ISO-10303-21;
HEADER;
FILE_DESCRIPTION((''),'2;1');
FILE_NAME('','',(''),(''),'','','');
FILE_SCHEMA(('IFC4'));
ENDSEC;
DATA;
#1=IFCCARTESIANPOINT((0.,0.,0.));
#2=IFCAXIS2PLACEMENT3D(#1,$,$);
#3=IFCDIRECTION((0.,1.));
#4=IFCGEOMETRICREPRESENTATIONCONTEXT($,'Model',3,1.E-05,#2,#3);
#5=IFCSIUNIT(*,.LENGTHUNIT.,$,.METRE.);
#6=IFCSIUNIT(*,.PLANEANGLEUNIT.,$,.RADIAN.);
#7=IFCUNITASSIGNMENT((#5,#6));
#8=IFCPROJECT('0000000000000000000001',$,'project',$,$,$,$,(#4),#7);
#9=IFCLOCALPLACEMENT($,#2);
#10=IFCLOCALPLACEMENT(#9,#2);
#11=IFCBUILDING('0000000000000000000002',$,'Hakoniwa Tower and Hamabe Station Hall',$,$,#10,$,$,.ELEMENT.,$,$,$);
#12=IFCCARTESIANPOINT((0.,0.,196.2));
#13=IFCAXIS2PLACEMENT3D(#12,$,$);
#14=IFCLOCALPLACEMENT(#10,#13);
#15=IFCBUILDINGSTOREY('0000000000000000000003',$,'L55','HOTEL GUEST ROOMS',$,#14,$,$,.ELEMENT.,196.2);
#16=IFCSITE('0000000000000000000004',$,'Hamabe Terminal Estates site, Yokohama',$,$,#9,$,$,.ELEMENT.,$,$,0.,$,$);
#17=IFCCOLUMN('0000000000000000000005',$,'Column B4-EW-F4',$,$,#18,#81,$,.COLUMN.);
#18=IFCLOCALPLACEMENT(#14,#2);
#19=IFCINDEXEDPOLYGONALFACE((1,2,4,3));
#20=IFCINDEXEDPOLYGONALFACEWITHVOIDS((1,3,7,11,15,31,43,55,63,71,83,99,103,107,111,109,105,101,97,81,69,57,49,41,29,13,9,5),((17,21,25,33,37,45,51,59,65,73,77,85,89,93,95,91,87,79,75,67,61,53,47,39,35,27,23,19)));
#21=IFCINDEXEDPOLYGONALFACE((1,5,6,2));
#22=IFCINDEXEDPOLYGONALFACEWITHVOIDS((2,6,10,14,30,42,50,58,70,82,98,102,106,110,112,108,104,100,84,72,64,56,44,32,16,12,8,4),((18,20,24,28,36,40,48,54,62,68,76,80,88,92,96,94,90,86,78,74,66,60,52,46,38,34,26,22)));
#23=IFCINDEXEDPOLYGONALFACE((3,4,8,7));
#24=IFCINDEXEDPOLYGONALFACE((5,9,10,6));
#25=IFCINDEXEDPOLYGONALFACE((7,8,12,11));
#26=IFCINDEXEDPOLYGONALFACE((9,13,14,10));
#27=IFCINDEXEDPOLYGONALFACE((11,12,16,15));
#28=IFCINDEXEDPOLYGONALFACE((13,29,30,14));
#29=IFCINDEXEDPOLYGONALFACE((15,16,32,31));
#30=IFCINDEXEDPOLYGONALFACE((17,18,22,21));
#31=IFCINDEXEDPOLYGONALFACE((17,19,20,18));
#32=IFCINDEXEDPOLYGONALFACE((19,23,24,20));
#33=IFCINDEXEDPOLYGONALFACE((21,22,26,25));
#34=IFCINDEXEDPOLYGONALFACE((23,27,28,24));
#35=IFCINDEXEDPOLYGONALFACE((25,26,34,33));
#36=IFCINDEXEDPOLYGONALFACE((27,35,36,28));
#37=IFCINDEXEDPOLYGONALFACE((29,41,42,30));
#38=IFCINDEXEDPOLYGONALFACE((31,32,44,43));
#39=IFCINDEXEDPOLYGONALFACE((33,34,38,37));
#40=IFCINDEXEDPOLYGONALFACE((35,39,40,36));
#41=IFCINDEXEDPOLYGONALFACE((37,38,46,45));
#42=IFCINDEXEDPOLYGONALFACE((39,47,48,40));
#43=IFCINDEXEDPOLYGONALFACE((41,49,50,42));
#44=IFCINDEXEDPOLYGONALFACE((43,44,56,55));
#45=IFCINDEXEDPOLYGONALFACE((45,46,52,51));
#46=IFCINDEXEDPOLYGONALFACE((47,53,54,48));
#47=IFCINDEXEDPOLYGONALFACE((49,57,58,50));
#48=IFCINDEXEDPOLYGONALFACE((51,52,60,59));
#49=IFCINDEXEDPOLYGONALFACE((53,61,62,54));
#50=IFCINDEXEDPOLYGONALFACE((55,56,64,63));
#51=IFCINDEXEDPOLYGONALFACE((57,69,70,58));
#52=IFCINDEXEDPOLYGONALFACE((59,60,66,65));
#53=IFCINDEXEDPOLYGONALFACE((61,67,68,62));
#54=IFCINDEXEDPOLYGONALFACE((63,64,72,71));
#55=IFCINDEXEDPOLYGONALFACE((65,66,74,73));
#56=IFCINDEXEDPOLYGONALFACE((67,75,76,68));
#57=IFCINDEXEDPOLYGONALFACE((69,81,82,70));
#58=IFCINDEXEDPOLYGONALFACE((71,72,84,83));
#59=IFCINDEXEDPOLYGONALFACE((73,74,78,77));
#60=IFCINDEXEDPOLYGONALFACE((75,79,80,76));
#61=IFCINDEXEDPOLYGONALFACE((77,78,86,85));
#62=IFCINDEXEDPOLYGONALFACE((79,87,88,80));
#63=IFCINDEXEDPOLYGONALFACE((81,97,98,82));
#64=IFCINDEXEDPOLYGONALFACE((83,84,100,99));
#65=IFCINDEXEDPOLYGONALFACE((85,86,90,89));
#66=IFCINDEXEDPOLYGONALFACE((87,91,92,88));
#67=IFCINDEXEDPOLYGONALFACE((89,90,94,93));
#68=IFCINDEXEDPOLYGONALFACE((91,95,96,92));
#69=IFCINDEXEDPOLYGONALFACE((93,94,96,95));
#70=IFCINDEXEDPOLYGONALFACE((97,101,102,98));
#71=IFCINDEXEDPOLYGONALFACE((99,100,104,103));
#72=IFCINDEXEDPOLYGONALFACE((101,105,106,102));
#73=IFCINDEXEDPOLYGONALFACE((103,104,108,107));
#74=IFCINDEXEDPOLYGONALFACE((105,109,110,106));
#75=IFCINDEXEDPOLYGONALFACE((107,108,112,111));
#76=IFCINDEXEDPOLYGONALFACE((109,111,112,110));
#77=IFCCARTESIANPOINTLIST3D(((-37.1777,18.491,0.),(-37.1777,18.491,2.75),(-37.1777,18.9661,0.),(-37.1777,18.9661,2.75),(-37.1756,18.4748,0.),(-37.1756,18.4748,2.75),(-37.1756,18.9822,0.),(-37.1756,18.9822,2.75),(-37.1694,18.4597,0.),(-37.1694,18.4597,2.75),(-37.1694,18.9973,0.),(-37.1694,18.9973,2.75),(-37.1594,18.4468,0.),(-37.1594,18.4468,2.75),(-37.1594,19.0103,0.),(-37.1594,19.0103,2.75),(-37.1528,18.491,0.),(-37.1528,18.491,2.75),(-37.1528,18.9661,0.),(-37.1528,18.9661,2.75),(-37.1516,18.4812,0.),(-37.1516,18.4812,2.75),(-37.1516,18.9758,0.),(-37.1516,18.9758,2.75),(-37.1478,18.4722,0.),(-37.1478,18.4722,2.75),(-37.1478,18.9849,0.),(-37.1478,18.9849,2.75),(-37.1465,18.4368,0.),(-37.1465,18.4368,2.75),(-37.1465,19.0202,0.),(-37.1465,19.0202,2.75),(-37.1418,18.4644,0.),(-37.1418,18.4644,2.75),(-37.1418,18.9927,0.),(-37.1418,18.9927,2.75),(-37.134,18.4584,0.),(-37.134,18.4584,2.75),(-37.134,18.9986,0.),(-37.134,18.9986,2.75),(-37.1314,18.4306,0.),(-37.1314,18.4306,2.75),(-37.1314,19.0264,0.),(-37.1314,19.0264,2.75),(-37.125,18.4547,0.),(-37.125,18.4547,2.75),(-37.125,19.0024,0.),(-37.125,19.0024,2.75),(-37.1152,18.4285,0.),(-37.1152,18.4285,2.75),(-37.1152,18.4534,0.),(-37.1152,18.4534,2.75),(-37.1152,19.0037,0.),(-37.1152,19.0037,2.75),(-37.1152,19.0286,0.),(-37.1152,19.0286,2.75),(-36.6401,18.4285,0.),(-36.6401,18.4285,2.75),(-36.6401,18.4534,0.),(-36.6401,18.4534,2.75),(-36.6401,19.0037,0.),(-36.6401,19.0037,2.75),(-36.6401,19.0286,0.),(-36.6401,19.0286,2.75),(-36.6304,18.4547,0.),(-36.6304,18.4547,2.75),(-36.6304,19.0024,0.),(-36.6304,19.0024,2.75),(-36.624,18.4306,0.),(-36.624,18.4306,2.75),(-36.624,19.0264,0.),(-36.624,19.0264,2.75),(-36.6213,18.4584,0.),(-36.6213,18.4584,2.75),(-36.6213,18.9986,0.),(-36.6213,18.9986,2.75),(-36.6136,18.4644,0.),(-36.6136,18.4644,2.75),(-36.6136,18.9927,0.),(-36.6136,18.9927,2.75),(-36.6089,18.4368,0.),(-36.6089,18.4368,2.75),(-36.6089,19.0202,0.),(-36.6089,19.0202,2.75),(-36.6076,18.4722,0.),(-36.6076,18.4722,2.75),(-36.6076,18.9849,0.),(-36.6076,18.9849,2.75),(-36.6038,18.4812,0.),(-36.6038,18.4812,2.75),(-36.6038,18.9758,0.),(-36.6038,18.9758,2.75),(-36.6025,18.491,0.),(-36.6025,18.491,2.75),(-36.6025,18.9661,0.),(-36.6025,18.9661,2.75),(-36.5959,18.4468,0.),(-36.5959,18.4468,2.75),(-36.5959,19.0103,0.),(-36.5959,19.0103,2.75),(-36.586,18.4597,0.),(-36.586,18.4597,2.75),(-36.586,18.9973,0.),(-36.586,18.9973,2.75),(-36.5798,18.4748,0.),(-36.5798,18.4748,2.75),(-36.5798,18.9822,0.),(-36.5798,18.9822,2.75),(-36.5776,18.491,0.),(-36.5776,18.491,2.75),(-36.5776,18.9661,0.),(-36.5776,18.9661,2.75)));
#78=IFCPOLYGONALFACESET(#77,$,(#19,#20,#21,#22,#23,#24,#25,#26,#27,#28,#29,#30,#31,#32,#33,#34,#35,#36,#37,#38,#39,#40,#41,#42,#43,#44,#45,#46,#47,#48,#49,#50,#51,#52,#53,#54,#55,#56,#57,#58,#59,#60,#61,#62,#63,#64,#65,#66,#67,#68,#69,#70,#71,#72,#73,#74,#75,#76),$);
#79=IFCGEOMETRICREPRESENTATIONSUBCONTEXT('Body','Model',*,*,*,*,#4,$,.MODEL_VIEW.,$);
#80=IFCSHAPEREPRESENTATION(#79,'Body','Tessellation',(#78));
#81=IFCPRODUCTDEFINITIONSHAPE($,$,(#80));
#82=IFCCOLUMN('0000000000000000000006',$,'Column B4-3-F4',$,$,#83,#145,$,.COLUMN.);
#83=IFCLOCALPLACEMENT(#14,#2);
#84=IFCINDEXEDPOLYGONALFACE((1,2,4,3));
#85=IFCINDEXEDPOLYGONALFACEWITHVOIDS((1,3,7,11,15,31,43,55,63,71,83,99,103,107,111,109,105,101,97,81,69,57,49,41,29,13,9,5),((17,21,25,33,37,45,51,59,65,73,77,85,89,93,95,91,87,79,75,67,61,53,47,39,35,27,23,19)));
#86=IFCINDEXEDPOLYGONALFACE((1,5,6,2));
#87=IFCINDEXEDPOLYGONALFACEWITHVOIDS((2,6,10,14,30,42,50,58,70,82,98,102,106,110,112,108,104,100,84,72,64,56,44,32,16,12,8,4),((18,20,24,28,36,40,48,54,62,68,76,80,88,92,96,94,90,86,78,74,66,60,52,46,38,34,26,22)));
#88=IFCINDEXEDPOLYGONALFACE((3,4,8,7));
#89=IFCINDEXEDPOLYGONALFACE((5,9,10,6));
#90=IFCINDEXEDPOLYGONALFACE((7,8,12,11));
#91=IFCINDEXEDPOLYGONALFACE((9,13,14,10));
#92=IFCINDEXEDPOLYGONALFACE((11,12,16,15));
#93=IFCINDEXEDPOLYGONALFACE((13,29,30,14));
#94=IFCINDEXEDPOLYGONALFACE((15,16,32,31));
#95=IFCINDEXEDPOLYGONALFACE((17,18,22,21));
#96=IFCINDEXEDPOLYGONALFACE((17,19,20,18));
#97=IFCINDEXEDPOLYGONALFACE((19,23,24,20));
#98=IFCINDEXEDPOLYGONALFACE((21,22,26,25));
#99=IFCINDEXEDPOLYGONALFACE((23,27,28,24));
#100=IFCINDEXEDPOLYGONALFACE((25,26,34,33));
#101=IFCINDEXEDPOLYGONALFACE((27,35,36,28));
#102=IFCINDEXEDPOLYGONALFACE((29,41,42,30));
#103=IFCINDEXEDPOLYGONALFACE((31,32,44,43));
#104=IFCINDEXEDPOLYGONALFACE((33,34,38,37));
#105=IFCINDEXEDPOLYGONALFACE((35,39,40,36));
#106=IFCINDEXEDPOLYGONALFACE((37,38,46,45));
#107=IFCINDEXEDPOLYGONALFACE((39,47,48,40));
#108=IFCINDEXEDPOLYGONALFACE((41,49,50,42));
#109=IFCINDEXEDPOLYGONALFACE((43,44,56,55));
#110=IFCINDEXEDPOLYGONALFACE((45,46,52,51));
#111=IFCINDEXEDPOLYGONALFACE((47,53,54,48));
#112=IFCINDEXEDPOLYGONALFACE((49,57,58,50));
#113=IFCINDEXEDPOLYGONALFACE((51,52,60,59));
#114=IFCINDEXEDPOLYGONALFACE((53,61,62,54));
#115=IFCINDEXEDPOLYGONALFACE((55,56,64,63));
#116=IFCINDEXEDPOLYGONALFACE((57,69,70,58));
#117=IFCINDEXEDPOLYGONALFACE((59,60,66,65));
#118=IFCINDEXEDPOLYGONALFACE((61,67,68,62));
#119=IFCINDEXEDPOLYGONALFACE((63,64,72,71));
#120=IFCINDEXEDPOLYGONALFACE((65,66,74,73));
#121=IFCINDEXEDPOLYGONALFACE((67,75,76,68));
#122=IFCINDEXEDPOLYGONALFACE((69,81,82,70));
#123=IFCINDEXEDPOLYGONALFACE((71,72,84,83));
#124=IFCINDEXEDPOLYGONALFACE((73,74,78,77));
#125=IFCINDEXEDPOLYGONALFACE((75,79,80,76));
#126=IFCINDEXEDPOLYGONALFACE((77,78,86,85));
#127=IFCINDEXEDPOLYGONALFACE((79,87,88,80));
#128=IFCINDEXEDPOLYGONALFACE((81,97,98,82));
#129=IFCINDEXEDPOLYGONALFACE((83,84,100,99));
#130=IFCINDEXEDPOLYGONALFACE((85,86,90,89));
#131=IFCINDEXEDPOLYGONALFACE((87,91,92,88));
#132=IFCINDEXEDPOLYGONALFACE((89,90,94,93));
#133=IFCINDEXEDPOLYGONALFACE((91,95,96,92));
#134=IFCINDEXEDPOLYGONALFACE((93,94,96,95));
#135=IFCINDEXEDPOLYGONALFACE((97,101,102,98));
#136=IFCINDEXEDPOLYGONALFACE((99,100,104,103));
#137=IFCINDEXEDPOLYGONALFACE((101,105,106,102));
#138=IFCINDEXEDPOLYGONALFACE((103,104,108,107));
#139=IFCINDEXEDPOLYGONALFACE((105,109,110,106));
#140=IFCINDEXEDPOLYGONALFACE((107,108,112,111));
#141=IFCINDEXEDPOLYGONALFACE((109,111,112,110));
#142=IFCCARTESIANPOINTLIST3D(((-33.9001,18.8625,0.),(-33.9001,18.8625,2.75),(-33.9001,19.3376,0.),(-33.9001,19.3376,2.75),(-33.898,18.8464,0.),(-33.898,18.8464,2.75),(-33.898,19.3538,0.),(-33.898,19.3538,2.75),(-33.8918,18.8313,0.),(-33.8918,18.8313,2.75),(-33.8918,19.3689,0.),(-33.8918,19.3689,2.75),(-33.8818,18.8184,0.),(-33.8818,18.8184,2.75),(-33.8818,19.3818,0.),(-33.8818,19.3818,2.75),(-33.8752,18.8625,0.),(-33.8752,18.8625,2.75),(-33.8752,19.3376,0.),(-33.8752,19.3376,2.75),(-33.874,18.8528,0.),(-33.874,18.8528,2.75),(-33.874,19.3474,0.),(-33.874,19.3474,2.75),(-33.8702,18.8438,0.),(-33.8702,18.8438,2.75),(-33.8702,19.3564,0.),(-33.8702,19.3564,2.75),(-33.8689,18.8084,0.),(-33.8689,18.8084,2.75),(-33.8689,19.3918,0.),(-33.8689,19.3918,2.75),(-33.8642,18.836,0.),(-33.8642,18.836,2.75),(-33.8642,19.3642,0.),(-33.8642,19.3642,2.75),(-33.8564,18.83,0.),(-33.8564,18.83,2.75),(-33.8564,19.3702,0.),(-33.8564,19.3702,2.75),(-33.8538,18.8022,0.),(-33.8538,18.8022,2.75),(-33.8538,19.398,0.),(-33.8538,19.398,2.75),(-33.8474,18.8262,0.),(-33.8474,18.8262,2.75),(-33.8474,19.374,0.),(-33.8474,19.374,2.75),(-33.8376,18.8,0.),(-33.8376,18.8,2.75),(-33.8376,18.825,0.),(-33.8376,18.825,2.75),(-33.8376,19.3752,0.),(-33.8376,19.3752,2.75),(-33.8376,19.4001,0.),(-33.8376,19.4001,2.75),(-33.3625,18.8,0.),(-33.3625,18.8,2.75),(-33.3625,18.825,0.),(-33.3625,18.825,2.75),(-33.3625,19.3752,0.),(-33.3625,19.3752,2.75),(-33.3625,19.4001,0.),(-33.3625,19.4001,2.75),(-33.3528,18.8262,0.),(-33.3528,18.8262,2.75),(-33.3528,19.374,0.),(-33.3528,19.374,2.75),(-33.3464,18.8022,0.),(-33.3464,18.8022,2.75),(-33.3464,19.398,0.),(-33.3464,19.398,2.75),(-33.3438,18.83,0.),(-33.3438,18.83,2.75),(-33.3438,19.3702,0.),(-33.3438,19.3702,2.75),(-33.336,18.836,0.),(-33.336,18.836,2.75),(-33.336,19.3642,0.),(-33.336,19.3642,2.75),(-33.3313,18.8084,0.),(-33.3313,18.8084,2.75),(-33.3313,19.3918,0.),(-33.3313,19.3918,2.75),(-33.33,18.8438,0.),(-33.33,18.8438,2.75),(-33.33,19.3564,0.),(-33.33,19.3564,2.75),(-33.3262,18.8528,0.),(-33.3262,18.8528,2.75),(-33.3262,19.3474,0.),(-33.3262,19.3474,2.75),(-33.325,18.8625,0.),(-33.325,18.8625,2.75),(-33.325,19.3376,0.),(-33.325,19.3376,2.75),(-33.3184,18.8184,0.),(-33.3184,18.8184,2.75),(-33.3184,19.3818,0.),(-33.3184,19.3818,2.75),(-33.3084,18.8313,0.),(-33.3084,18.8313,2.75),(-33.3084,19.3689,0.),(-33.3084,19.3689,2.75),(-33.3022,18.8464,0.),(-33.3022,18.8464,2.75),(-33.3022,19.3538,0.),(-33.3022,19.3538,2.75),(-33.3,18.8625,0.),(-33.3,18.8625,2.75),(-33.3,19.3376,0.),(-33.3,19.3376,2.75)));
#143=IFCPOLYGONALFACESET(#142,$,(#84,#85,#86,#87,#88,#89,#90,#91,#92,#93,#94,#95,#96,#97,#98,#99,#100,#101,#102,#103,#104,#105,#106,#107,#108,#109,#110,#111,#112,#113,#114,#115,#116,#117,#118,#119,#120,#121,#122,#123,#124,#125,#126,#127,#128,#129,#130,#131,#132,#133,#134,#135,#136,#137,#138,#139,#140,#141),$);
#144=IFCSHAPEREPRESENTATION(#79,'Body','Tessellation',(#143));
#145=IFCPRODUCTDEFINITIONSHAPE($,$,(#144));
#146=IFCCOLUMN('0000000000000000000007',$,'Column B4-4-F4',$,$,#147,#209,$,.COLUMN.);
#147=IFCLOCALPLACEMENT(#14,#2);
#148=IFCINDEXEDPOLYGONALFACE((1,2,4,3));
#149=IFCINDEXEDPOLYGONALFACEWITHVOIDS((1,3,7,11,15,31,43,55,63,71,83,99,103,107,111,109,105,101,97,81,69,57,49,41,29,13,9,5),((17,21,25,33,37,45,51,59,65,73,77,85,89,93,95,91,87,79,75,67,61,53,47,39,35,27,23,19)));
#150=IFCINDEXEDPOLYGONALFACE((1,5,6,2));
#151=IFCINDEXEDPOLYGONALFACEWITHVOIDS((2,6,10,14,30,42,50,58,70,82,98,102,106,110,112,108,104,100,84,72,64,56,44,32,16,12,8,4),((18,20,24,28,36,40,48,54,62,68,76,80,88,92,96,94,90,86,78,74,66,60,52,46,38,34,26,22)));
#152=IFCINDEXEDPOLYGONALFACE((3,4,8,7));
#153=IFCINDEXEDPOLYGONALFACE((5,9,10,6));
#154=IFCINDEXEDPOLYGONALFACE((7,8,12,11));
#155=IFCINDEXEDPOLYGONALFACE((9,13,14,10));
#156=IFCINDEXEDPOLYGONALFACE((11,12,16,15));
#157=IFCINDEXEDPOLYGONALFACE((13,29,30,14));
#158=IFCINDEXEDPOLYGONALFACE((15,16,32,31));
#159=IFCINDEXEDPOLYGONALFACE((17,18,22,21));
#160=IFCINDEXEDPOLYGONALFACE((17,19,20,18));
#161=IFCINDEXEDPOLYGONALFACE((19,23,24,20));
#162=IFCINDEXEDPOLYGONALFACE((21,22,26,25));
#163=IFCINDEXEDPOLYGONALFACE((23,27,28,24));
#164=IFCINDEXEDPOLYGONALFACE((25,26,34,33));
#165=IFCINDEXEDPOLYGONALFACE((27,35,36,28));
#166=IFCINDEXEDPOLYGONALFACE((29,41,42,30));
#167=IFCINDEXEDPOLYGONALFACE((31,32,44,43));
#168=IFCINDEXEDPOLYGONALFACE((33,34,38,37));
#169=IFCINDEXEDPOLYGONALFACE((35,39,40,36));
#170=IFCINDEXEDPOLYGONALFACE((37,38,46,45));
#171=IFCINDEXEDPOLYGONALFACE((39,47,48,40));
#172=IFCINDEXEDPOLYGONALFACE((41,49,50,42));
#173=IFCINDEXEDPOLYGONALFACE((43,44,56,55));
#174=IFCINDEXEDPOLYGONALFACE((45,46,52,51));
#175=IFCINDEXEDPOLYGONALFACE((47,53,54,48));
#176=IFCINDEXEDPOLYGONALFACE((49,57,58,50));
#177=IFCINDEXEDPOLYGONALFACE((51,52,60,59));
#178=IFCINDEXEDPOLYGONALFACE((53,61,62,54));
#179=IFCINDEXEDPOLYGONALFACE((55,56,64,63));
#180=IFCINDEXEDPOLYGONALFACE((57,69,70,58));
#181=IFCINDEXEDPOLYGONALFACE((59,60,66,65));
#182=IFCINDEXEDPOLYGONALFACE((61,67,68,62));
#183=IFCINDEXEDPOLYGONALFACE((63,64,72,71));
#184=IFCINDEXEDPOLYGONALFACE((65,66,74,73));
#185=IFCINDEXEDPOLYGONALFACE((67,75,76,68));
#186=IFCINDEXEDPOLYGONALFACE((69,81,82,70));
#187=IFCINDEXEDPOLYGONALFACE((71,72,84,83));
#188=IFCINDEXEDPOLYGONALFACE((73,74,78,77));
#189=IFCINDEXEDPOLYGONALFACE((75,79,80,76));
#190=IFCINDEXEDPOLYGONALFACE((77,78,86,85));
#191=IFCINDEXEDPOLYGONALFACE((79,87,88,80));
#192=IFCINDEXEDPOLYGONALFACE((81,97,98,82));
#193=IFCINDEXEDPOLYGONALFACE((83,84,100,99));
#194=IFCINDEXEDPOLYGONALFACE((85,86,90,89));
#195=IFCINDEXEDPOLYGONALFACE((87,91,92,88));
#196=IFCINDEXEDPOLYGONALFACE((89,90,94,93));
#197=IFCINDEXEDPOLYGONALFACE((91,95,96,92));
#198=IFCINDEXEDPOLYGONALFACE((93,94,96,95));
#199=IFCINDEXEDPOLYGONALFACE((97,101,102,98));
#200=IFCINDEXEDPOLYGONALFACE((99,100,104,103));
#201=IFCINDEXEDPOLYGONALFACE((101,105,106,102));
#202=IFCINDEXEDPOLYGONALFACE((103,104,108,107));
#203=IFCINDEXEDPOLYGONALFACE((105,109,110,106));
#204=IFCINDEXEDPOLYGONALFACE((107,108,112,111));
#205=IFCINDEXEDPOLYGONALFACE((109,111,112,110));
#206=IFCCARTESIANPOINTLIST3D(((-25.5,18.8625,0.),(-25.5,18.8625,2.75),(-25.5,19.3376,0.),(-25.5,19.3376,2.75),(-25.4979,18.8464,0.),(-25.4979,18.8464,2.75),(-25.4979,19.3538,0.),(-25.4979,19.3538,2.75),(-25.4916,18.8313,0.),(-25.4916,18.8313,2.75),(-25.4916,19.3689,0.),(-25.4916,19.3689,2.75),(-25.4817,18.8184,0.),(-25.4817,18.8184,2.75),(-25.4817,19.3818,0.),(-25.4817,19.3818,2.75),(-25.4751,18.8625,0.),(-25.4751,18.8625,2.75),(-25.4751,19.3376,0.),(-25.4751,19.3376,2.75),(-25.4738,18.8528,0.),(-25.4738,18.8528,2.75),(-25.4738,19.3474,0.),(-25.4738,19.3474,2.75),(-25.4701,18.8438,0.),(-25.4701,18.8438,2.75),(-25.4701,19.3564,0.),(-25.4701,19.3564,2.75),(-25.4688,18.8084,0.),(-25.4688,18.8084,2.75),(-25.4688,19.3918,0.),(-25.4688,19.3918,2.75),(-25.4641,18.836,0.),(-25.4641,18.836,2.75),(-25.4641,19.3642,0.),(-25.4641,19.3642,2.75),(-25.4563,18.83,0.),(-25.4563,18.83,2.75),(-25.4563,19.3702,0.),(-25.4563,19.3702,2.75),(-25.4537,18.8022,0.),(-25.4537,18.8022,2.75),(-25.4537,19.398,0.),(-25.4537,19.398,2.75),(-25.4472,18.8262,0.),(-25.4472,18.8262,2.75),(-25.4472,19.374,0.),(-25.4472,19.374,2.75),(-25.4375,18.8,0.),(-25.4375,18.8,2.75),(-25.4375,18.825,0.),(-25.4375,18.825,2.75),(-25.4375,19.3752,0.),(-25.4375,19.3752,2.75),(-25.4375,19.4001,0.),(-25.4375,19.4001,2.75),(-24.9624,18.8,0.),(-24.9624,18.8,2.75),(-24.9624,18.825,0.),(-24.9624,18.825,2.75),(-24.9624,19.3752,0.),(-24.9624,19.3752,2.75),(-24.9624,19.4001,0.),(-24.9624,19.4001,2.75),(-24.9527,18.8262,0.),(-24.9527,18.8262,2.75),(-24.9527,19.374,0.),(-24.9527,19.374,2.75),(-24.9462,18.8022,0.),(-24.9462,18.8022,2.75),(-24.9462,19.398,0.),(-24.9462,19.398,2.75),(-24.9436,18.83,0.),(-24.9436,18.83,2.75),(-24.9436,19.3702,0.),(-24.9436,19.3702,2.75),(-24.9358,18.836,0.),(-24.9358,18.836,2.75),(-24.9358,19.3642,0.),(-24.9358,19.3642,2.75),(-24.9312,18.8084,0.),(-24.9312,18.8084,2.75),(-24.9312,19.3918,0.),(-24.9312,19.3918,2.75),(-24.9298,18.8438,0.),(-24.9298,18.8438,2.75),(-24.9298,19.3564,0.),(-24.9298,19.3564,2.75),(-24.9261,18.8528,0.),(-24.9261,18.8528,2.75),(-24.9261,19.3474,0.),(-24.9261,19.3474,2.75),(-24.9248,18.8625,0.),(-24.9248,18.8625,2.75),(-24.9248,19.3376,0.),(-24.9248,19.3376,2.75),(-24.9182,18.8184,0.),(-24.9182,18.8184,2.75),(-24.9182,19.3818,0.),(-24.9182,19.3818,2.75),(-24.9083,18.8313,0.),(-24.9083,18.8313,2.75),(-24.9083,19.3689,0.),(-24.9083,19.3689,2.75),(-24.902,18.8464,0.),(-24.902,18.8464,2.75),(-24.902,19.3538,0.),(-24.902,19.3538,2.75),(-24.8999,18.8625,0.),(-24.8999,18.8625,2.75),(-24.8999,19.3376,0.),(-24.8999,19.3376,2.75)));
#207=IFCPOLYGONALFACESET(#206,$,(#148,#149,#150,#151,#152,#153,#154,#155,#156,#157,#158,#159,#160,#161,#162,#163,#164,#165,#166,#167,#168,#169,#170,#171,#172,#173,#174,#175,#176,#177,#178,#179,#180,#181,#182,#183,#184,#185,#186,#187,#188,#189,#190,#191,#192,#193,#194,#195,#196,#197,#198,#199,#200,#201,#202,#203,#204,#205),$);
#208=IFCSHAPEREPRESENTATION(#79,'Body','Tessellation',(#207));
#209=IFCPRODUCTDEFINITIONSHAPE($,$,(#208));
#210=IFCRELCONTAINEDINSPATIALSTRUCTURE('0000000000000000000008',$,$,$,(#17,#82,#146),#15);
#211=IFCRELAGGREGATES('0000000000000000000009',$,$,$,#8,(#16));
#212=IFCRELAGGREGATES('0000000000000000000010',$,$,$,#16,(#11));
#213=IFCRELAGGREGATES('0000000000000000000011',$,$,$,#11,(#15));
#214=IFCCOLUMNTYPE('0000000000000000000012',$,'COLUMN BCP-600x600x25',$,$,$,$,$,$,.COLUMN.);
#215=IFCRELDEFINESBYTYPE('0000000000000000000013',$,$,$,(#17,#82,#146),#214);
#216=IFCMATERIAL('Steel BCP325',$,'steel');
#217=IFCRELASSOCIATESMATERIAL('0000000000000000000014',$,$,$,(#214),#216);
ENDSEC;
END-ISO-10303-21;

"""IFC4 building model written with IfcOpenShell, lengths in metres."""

from ifc_helpers import new_model, si_unit, direction, frame, origin, origin_2d, place, context, subcontext, project, spatial, hollow_rectangle, extrude, material, material_profile, profile_set, type_object, element, save


model = new_model("IFC4")

# Units and contexts
model_context = context("Model", 3, precision=1e-05, world=origin(), true_north=direction((0.0, 1.0)))
body_context = subcontext(model_context, "Body", "Model", "MODEL_VIEW")
ifc_project = project(units=[si_unit("LENGTHUNIT", "METRE"), si_unit("PLANEANGLEUNIT", "RADIAN")], contexts=[model_context])

# Site, building, storey
site_placement = place(None, origin())
site = spatial("IfcSite", under=ifc_project, at=site_placement, Name="Hamabe Terminal Estates site, Yokohama", CompositionType="ELEMENT", RefElevation=0.0)
building_placement = place(site_placement, origin())
building = spatial("IfcBuilding", under=site, at=building_placement, Name="Hakoniwa Tower and Hamabe Station Hall", CompositionType="ELEMENT")
storey_placement = place(building_placement, frame((0.0, 0.0, 196.2)))
storey = spatial("IfcBuildingStorey", under=building, at=storey_placement, Name="L55", Description="HOTEL GUEST ROOMS", CompositionType="ELEMENT", Elevation=196.2)

# Columns
ifc_material_1 = material(Name="Steel BCP325", Category="steel")
ifc_material_profile_1 = material_profile(ifc_material_1, hollow_rectangle(XDim=0.6001, YDim=0.6001, WallThickness=0.0249, InnerFilletRadius=0.0376, OuterFilletRadius=0.0625, at=origin_2d()), Name="BCP-600x600x25")
ifc_profile_set_1 = profile_set([ifc_material_profile_1], Name="Steel BCP325")
column_type = type_object("IfcColumnType", Name="COLUMN BCP-600x600x25", PredefinedType="COLUMN", material=ifc_profile_set_1)
for number, where, z_axis, x_axis, name in (
    (1, (-36.8777, 18.7285, 0.0), (0.0, 0.0, 1.0), (1.0, 0.0, 0.0), "Column B4-EW-F4"),
    (2, (-33.6001, 19.1001, 0.0), (0.0, 0.0, 1.0), (1.0, 0.0, 0.0), "Column B4-3-F4"),
    (3, (-25.2, 19.1001, 0.0), (0.0, 0.0, 1.0), (1.0, 0.0, 0.0), "Column B4-4-F4"),
):
    element("IfcColumn", number, at=place(storey_placement, frame(where, z_axis=z_axis, x_axis=x_axis)), inside=storey, type_object=column_type, Name=name, PredefinedType="COLUMN", context=body_context, shape_type="SweptSolid", body=[
        extrude(hollow_rectangle(XDim=0.6001, YDim=0.6001, WallThickness=0.0249, InnerFilletRadius=0.0376, OuterFilletRadius=0.0625, at=origin_2d()), origin(), (0.0, 0.0, 1.0), 2.75),
    ])

save(model, "model.ifc")
